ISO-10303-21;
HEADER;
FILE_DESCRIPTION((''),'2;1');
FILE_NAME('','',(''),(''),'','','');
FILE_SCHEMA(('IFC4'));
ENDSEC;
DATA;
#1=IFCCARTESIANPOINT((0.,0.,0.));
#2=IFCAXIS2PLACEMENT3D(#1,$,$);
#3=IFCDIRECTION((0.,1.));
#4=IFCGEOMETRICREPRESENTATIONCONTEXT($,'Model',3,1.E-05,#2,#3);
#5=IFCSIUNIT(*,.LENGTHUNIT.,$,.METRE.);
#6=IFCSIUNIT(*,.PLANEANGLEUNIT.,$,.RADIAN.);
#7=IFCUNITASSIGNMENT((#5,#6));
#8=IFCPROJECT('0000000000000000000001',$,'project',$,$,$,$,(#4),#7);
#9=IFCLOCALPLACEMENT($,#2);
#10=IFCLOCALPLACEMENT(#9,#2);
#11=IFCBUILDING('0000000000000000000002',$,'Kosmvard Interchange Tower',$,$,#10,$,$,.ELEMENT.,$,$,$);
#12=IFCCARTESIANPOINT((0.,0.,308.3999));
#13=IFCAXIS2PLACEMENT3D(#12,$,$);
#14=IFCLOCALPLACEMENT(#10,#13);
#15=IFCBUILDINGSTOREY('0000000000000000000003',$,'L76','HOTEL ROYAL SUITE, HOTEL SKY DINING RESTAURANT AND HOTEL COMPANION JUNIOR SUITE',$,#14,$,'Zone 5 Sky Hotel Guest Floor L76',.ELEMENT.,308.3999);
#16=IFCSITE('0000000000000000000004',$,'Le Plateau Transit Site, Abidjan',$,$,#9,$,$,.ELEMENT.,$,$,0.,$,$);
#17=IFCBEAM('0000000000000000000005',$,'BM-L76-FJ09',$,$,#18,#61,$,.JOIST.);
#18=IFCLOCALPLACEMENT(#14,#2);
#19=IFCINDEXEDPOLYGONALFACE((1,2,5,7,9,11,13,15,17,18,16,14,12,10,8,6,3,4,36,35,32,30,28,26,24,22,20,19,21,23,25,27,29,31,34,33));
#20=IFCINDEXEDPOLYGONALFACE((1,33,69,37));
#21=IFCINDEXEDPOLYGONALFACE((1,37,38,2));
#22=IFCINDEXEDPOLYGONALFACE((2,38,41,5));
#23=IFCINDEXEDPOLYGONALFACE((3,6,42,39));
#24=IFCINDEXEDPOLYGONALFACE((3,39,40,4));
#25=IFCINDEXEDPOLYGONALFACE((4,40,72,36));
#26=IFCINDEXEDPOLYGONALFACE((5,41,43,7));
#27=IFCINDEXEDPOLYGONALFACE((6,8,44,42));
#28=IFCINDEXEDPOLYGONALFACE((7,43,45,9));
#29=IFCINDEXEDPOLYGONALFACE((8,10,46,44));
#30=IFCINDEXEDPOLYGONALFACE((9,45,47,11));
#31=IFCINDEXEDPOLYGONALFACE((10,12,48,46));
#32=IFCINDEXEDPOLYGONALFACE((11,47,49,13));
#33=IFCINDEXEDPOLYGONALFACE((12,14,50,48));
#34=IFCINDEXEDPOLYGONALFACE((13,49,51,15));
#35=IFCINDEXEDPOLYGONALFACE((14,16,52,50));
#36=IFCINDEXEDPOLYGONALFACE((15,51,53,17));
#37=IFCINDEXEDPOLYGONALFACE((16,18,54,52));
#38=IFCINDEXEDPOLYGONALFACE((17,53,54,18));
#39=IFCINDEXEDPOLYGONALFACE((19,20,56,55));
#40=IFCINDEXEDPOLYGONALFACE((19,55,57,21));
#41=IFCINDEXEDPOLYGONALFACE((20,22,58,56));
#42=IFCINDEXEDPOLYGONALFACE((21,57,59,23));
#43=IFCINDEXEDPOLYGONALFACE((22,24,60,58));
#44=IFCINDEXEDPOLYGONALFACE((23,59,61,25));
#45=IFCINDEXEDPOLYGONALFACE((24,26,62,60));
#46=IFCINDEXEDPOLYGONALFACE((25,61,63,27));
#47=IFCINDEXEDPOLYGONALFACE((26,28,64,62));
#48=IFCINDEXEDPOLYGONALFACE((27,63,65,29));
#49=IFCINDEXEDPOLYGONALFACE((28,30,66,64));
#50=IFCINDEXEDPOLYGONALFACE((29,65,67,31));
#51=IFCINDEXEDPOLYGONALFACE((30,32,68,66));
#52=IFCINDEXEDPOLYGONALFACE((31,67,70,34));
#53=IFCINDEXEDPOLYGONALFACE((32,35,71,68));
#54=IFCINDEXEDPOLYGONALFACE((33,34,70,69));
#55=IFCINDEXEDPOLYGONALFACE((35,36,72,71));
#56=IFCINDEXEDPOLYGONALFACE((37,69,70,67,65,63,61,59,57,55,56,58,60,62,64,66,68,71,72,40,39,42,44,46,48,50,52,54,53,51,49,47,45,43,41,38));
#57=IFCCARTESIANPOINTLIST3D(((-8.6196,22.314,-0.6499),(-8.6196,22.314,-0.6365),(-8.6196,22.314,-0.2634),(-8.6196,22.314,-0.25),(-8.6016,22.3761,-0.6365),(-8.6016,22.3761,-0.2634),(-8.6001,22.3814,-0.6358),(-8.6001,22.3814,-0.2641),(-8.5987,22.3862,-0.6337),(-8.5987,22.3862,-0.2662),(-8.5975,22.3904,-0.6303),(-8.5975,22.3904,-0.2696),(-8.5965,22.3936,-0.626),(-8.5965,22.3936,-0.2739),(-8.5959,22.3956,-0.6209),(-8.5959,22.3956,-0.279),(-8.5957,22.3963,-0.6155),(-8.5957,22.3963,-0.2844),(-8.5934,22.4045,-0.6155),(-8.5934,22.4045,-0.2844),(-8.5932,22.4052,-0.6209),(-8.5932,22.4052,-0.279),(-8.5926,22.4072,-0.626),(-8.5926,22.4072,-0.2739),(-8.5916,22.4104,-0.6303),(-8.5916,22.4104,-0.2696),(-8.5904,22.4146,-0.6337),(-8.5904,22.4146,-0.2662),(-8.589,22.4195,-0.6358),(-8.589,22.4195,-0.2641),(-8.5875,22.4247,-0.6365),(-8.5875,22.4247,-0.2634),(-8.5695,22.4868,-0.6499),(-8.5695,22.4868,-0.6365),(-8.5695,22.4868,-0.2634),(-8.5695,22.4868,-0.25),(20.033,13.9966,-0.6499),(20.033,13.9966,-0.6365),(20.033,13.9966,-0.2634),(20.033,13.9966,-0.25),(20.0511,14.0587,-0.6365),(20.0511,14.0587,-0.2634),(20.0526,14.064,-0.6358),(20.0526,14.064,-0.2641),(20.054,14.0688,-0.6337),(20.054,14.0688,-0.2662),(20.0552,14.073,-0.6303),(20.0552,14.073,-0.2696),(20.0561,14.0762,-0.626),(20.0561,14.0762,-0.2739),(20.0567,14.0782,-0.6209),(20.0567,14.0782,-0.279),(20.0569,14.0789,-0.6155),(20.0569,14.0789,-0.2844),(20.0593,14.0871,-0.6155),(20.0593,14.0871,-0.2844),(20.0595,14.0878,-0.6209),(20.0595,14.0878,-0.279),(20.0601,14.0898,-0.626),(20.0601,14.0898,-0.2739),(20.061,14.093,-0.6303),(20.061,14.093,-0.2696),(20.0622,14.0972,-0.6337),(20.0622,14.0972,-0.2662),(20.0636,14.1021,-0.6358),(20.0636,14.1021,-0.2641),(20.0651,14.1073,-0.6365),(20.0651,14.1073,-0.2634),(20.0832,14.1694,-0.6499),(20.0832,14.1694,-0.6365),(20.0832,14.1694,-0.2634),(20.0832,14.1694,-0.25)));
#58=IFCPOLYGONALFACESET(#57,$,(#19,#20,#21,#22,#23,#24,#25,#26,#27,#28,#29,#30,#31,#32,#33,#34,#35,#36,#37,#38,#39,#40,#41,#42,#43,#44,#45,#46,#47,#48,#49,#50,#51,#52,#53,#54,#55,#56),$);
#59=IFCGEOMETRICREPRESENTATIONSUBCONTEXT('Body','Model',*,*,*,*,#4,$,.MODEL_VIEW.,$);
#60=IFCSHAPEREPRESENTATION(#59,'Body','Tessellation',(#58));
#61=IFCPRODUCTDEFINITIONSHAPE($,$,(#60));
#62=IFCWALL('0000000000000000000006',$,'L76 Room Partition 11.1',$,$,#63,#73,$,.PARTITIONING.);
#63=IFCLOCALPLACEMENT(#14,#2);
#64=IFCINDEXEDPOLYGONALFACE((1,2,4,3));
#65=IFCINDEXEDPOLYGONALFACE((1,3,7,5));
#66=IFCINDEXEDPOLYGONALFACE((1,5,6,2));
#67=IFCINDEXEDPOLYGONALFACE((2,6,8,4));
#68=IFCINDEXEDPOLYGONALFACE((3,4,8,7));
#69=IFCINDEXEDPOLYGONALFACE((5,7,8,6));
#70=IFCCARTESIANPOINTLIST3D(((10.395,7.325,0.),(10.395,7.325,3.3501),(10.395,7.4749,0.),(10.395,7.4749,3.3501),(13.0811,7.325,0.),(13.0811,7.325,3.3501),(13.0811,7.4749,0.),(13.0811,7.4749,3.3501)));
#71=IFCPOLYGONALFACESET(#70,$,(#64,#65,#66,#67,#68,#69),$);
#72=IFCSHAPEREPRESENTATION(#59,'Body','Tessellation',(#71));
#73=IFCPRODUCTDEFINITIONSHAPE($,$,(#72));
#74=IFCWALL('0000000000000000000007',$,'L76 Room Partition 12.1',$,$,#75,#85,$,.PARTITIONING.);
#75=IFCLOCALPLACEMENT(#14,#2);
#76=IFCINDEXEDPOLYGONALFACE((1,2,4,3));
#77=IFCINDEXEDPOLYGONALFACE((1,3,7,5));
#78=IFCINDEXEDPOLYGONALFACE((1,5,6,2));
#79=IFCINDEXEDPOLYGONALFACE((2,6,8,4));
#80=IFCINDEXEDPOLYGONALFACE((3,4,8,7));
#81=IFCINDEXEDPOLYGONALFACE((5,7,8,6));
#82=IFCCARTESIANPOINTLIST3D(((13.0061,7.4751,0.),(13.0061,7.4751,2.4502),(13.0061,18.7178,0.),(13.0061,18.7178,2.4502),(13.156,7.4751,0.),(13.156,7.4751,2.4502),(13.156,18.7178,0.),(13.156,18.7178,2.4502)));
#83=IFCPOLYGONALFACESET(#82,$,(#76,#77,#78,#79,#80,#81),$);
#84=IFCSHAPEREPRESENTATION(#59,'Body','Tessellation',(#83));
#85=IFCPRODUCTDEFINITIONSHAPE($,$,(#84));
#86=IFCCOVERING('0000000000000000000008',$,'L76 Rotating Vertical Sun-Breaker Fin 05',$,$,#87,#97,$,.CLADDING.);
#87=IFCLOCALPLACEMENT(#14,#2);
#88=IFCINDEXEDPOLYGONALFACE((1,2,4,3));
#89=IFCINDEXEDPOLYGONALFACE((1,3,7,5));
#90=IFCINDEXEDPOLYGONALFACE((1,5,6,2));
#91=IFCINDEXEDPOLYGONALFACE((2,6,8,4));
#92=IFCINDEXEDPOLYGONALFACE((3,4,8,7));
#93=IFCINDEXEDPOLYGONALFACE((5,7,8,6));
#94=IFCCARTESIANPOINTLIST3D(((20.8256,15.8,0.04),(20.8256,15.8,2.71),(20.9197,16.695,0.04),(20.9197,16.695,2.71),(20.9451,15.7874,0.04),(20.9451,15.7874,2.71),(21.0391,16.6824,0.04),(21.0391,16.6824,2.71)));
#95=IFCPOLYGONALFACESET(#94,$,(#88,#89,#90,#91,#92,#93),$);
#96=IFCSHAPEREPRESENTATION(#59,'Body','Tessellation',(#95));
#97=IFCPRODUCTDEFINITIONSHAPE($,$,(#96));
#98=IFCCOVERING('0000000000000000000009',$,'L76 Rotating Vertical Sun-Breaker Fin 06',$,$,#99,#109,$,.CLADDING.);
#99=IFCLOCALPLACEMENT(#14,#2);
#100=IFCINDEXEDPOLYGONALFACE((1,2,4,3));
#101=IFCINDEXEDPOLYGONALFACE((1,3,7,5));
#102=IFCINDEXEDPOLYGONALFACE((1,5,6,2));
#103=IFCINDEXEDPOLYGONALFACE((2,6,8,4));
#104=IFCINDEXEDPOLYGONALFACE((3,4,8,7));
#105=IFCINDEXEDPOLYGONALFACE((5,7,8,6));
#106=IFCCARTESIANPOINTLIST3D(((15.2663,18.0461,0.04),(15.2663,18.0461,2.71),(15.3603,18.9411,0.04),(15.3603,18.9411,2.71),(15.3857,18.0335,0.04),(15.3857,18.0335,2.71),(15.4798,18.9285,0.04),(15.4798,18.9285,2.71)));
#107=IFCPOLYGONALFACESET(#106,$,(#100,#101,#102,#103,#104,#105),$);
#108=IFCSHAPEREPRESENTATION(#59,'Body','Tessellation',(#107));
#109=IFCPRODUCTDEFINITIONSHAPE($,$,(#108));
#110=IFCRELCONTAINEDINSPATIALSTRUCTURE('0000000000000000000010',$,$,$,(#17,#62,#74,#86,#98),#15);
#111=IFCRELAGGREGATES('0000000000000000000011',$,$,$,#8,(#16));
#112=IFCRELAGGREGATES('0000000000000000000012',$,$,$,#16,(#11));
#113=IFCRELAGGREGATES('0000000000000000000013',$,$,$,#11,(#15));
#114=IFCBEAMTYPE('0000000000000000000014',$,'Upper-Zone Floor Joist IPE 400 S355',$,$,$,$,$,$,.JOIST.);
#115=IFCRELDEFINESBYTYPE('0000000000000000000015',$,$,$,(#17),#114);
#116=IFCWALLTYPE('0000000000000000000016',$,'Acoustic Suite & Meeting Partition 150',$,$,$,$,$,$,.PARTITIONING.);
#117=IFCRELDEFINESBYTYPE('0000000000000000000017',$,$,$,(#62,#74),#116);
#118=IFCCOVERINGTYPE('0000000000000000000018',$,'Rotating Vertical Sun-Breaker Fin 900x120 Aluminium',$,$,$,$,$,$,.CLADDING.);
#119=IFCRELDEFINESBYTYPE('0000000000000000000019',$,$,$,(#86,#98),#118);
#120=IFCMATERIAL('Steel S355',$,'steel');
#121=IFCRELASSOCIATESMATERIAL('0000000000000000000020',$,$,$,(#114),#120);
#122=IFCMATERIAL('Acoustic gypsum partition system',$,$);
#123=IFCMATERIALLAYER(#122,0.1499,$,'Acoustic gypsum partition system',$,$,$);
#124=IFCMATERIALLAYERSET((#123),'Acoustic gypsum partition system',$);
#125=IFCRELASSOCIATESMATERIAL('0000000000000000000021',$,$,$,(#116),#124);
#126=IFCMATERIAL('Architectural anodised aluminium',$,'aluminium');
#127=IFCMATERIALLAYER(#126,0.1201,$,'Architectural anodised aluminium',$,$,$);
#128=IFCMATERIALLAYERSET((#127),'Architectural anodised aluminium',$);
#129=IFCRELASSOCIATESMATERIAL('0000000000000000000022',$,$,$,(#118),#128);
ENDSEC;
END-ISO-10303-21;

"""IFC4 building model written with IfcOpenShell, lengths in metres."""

from ifc_helpers import new_model, si_unit, direction, frame, frame_2d, origin, origin_2d, place, context, subcontext, project, spatial, rectangle, i_section, extrude, source, transform, mapped, material, layer, layer_set, material_profile, profile_set, type_object, element, save


model = new_model("IFC4")

# Units and contexts
model_context = context("Model", 3, precision=1e-05, world=origin(), true_north=direction((0.0, 1.0)))
body_context = subcontext(model_context, "Body", "Model", "MODEL_VIEW")
ifc_project = project(units=[si_unit("LENGTHUNIT", "METRE"), si_unit("PLANEANGLEUNIT", "RADIAN")], contexts=[model_context])

# Site, building, storey
site_placement = place(None, origin())
site = spatial("IfcSite", under=ifc_project, at=site_placement, Name="Le Plateau Transit Site, Abidjan", CompositionType="ELEMENT", RefElevation=0.0)
building_placement = place(site_placement, origin())
building = spatial("IfcBuilding", under=site, at=building_placement, Name="Kosmvard Interchange Tower", CompositionType="ELEMENT")
storey_placement = place(building_placement, frame((0.0, 0.0, 308.3999)))
storey = spatial("IfcBuildingStorey", under=building, at=storey_placement, Name="L76", Description="HOTEL ROYAL SUITE, HOTEL SKY DINING RESTAURANT AND HOTEL COMPANION JUNIOR SUITE", LongName="Zone 5 Sky Hotel Guest Floor L76", CompositionType="ELEMENT", Elevation=308.3999)

# Beam
ifc_material_1 = material(Name="Steel S355", Category="steel")
ifc_material_profile_1 = material_profile(ifc_material_1, i_section(OverallWidth=0.1799, OverallDepth=0.3999, WebThickness=0.0085, FlangeThickness=0.0134, FilletRadius=0.021, at=origin_2d()), Name="IPE 400")
ifc_profile_set_1 = profile_set([ifc_material_profile_1], Name="Steel S355")
beam_type_1 = type_object("IfcBeamType", Name="Upper-Zone Floor Joist IPE 400 S355", PredefinedType="JOIST", material=ifc_profile_set_1)
shared_shape_1 = source(origin(), body_context, "Body", "SweptSolid", [
    extrude(i_section(OverallWidth=0.1799, OverallDepth=0.3999, WebThickness=0.0085, FlangeThickness=0.0134, FilletRadius=0.021, at=origin_2d()), origin(), (0.0, 0.0, 1.0), 29.8354),
])
beam_1_placement = place(storey_placement, frame((20.0581, 14.083, -0.45), z_axis=(-0.960356, 0.278776, 0.0), x_axis=(-0.278776, -0.960356, 0.0)))
element("IfcBeam", 1, at=beam_1_placement, inside=storey, type_object=beam_type_1, Name="BM-L76-FJ09", PredefinedType="JOIST", context=body_context, shape_type="MappedRepresentation", body=[
    mapped(shared_shape_1, transform((0.0, 0.0, 0.0), scale=1.0)),
])

# Walls
ifc_material_2 = material(Name="Acoustic gypsum partition system")
ifc_layer_1 = layer(ifc_material_2, 0.1499, Name="Acoustic gypsum partition system")
ifc_layer_set_1 = layer_set([ifc_layer_1], Name="Acoustic gypsum partition system")
wall_type = type_object("IfcWallType", Name="Acoustic Suite & Meeting Partition 150", PredefinedType="PARTITIONING", material=ifc_layer_set_1)
wall_1_placement = place(storey_placement, frame((10.395, 7.3999, 0.0), z_axis=(0.0, 0.0, 1.0), x_axis=(1.0, 0.0, 0.0)))
element("IfcWall", 2, at=wall_1_placement, inside=storey, type_object=wall_type, Name="L76 Room Partition 11.1", PredefinedType="PARTITIONING", context=body_context, shape_type="SweptSolid", body=[
    extrude(rectangle(XDim=2.686, YDim=0.1499, at=frame_2d((1.343, 0.0))), origin(), (0.0, 0.0, 1.0), 3.3501),
])
wall_2_placement = place(storey_placement, frame((13.0811, 7.4751, 0.0), z_axis=(0.0, 0.0, 1.0), x_axis=(0.0, 1.0, 0.0)))
element("IfcWall", 3, at=wall_2_placement, inside=storey, type_object=wall_type, Name="L76 Room Partition 12.1", PredefinedType="PARTITIONING", context=body_context, shape_type="SweptSolid", body=[
    extrude(rectangle(XDim=11.2427, YDim=0.1499, at=frame_2d((5.6213, 0.0))), origin(), (0.0, 0.0, 1.0), 2.4502),
])

# Coverings
ifc_material_3 = material(Name="Architectural anodised aluminium", Category="aluminium")
ifc_layer_2 = layer(ifc_material_3, 0.1201, Name="Architectural anodised aluminium")
ifc_layer_set_2 = layer_set([ifc_layer_2], Name="Architectural anodised aluminium")
covering_type = type_object("IfcCoveringType", Name="Rotating Vertical Sun-Breaker Fin 900x120 Aluminium", PredefinedType="CLADDING", material=ifc_layer_set_2)
shared_shape_2 = source(origin(), body_context, "Body", "SweptSolid", [
    extrude(rectangle(XDim=0.8999, YDim=0.1201, at=origin_2d()), origin(), (0.0, 0.0, 1.0), 2.6699),
])
for number, where, z_axis, x_axis, name in (
    (4, (20.9324, 16.2412, 0.04), (0.0, 0.0, 1.0), (0.104528, 0.994522, 0.0), "L76 Rotating Vertical Sun-Breaker Fin 05"),
    (5, (15.373, 18.4873, 0.04), (0.0, 0.0, 1.0), (0.104528, 0.994522, 0.0), "L76 Rotating Vertical Sun-Breaker Fin 06"),
):
    element("IfcCovering", number, at=place(storey_placement, frame(where, z_axis=z_axis, x_axis=x_axis)), inside=storey, type_object=covering_type, Name=name, PredefinedType="CLADDING", context=body_context, shape_type="MappedRepresentation", body=[
        mapped(shared_shape_2, transform((0.0, 0.0, 0.0), scale=1.0)),
    ])

save(model, "model.ifc")
